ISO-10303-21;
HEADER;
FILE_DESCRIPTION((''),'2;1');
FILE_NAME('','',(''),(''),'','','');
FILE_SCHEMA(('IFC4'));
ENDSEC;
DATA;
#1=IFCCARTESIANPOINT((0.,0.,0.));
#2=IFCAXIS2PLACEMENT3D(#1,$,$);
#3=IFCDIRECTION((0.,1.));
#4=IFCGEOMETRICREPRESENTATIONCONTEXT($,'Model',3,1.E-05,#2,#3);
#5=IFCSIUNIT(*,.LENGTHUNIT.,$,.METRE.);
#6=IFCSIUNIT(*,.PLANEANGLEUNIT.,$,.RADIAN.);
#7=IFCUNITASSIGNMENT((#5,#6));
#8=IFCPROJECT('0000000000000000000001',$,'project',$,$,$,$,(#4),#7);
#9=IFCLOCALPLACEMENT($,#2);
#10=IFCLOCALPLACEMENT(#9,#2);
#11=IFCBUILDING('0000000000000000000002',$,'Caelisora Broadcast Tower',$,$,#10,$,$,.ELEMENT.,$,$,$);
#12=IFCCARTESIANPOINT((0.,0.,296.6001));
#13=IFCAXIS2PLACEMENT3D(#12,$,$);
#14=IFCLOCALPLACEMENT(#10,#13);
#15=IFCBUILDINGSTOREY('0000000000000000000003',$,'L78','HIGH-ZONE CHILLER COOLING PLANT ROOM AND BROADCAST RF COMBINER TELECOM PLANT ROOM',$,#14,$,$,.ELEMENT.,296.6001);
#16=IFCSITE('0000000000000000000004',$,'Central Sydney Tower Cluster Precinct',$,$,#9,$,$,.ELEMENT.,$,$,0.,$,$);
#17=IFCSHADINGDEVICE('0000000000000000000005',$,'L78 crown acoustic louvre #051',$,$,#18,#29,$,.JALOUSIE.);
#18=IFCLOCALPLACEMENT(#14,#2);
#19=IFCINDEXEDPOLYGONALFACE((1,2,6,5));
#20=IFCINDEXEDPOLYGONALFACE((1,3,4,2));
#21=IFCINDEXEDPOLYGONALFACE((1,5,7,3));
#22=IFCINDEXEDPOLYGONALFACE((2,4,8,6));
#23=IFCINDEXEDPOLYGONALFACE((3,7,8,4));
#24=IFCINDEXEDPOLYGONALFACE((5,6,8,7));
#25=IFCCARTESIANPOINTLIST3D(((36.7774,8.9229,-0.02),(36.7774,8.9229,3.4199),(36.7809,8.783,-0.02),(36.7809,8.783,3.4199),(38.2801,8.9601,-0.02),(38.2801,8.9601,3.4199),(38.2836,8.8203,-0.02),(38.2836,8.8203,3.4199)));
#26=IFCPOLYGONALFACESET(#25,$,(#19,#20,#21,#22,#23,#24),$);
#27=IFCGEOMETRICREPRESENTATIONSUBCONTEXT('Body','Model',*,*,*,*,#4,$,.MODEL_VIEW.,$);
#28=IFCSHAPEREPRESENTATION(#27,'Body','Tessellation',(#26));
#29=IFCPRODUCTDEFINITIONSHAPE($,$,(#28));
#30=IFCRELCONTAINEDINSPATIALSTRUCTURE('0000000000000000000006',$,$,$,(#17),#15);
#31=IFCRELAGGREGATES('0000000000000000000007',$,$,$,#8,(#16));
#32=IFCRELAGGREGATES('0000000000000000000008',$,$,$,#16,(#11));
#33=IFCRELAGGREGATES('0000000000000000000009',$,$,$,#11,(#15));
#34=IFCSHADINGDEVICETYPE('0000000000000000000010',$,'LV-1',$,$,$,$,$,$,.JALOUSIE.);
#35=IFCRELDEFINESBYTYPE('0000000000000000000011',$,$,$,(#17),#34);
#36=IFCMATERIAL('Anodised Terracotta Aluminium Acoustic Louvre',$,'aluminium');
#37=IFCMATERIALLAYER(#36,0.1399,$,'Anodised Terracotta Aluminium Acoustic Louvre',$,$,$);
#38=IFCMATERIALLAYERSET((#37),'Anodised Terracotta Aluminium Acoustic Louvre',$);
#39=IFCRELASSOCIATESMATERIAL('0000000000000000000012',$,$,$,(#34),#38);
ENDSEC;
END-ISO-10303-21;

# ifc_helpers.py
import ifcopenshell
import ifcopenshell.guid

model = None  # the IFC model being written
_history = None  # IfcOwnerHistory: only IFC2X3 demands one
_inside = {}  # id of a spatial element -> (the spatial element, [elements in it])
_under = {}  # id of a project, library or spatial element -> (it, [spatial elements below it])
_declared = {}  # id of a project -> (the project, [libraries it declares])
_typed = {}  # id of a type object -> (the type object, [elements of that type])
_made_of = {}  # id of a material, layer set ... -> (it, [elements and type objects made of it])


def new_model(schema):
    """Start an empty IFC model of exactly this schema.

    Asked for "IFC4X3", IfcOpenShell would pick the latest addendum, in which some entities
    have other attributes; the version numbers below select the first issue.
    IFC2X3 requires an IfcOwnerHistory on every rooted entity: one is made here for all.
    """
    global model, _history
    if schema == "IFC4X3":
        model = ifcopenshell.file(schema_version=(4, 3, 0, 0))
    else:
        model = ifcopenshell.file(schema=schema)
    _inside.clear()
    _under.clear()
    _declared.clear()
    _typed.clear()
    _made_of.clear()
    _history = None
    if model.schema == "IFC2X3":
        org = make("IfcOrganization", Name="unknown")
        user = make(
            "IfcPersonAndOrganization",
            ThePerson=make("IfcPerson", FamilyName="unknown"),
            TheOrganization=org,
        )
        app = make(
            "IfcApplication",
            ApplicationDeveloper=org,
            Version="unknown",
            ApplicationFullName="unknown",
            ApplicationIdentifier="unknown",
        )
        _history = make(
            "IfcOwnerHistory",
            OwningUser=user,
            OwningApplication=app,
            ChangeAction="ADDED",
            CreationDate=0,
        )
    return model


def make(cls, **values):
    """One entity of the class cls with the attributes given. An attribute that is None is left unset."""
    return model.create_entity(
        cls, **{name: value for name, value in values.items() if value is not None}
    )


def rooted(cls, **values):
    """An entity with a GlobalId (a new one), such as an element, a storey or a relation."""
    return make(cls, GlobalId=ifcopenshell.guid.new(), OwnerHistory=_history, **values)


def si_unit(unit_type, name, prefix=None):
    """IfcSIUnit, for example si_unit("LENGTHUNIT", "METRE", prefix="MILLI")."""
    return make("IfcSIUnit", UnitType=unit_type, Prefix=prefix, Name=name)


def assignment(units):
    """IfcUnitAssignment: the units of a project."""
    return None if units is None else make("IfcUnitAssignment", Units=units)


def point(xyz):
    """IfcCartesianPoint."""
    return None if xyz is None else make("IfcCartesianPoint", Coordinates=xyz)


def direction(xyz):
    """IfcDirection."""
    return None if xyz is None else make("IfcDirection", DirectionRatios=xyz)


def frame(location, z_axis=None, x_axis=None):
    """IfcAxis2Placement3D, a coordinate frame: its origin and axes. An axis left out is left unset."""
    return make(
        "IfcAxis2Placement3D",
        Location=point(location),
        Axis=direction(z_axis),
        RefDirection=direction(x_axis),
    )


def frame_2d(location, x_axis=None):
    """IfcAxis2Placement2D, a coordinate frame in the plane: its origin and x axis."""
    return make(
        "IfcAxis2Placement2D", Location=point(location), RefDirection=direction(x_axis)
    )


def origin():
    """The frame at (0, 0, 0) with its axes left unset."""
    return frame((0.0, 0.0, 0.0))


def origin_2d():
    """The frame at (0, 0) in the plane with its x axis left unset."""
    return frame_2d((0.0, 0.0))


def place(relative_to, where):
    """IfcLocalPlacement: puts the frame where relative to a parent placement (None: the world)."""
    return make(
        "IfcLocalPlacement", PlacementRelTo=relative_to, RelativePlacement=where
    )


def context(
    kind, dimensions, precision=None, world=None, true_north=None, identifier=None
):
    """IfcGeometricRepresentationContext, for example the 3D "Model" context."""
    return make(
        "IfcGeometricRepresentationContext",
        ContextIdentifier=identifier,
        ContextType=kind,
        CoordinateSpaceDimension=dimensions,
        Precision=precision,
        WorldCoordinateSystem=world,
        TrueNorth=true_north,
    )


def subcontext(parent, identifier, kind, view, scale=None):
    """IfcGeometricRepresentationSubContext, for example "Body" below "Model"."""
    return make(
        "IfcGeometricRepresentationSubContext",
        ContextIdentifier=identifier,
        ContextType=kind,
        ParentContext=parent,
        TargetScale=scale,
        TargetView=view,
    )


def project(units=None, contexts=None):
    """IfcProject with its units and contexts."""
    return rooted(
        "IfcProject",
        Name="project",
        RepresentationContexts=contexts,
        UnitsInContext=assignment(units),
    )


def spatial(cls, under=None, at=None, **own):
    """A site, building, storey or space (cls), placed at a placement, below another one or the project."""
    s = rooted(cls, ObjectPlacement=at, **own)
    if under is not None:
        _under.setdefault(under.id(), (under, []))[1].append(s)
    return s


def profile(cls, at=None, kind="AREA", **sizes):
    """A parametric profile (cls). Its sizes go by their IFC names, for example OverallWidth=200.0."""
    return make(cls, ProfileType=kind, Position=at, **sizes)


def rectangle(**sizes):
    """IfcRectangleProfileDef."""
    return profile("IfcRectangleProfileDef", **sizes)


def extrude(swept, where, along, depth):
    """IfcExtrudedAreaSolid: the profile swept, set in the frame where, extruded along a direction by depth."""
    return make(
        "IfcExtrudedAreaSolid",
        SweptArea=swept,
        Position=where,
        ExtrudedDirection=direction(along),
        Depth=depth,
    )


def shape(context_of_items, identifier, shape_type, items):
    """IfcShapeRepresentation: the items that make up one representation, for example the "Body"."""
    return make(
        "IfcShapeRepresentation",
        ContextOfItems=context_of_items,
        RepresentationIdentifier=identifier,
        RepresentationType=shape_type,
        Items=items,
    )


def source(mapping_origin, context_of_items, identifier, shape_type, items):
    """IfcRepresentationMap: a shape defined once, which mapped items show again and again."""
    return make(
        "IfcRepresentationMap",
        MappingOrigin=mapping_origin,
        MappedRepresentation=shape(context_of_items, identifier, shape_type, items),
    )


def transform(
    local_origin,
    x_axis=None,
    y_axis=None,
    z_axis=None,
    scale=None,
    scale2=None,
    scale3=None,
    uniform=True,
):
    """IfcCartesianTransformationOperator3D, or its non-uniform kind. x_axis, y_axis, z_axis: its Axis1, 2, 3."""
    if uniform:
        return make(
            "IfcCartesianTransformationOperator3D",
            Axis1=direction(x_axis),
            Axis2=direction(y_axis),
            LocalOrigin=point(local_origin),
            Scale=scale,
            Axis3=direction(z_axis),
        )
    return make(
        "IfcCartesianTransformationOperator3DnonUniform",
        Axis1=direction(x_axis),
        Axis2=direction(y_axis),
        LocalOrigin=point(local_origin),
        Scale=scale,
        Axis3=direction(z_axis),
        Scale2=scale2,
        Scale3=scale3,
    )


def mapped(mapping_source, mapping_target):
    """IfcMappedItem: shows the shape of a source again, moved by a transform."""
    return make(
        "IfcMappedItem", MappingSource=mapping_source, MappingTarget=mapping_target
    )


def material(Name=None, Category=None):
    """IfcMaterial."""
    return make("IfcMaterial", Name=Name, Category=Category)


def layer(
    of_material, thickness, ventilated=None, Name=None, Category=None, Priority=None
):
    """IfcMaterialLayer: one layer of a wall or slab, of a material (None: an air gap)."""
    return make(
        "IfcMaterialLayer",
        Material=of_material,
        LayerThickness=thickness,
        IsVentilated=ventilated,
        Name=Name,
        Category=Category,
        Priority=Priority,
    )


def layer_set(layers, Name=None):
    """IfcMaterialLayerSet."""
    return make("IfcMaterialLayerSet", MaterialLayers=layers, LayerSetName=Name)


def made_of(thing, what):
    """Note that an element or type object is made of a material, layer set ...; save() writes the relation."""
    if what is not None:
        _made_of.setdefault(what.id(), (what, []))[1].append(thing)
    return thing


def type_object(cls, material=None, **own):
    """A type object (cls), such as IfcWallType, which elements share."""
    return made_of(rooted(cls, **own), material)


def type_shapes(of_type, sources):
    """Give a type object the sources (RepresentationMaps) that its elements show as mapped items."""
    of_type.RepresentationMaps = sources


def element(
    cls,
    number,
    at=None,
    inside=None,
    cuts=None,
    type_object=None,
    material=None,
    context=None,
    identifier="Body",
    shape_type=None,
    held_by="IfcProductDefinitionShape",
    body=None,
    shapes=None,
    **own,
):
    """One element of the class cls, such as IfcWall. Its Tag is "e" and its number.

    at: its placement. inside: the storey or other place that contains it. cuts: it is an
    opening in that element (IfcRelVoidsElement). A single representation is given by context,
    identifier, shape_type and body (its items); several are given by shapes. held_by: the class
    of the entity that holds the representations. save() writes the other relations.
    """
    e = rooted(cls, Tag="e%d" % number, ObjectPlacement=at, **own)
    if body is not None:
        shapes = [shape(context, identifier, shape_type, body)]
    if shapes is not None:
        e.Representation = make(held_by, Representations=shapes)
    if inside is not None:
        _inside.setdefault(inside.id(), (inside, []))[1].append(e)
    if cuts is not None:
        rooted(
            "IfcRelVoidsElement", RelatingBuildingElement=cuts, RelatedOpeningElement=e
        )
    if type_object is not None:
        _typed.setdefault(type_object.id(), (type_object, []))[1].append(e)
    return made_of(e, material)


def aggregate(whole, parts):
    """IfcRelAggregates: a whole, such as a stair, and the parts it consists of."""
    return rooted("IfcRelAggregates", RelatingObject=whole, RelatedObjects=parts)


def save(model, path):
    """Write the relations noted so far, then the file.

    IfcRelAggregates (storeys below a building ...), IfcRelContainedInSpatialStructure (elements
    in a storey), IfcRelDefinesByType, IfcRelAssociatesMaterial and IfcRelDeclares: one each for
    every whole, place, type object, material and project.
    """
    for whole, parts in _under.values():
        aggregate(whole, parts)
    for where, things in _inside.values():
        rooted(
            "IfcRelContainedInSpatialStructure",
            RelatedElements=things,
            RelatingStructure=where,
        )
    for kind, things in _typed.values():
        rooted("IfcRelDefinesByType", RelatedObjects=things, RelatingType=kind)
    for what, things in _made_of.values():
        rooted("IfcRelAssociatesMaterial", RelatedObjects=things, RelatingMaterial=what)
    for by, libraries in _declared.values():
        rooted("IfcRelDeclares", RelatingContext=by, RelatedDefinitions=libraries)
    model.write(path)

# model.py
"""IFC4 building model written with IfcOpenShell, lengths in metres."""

from ifc_helpers import new_model, si_unit, direction, frame, origin, origin_2d, place, context, subcontext, project, spatial, rectangle, extrude, source, transform, mapped, material, layer, layer_set, type_object, type_shapes, element, save


model = new_model("IFC4")

# Units and contexts
model_context = context("Model", 3, precision=1e-05, world=origin(), true_north=direction((0.0, 1.0)))
body_context = subcontext(model_context, "Body", "Model", "MODEL_VIEW")
ifc_project = project(units=[si_unit("LENGTHUNIT", "METRE"), si_unit("PLANEANGLEUNIT", "RADIAN")], contexts=[model_context])

# Site, building, storey
site_placement = place(None, origin())
site = spatial("IfcSite", under=ifc_project, at=site_placement, Name="Central Sydney Tower Cluster Precinct", CompositionType="ELEMENT", RefElevation=0.0)
building_placement = place(site_placement, origin())
building = spatial("IfcBuilding", under=site, at=building_placement, Name="Caelisora Broadcast Tower", CompositionType="ELEMENT")
storey_placement = place(building_placement, frame((0.0, 0.0, 296.6001)))
storey = spatial("IfcBuildingStorey", under=building, at=storey_placement, Name="L78", Description="HIGH-ZONE CHILLER COOLING PLANT ROOM AND BROADCAST RF COMBINER TELECOM PLANT ROOM", CompositionType="ELEMENT", Elevation=296.6001)

# Shading device
ifc_material_1 = material(Name="Anodised Terracotta Aluminium Acoustic Louvre", Category="aluminium")
ifc_layer_1 = layer(ifc_material_1, 0.1399, Name="Anodised Terracotta Aluminium Acoustic Louvre")
ifc_layer_set_1 = layer_set([ifc_layer_1], Name="Anodised Terracotta Aluminium Acoustic Louvre")
shading_device_type = type_object("IfcShadingDeviceType", Name="LV-1", PredefinedType="JALOUSIE", material=ifc_layer_set_1)
shared_shape_1 = source(origin(), body_context, "Body", "SweptSolid", [
    extrude(rectangle(XDim=1.5032, YDim=0.1399, at=origin_2d()), origin(), (0.0, 0.0, 1.0), 3.4399),
])
type_shapes(shading_device_type, [shared_shape_1])
for number, where, z_axis, x_axis, name in (
    (1, (37.5305, 8.8716, -0.02), (0.0, 0.0, 1.0), (0.999693, 0.024781, 0.0), "L78 crown acoustic louvre #051"),
):
    element("IfcShadingDevice", number, at=place(storey_placement, frame(where, z_axis=z_axis, x_axis=x_axis)), inside=storey, type_object=shading_device_type, Name=name, PredefinedType="JALOUSIE", context=body_context, shape_type="MappedRepresentation", body=[
        mapped(shared_shape_1, transform((0.0, 0.0, 0.0), scale=1.0)),
    ])

save(model, "model.ifc")
